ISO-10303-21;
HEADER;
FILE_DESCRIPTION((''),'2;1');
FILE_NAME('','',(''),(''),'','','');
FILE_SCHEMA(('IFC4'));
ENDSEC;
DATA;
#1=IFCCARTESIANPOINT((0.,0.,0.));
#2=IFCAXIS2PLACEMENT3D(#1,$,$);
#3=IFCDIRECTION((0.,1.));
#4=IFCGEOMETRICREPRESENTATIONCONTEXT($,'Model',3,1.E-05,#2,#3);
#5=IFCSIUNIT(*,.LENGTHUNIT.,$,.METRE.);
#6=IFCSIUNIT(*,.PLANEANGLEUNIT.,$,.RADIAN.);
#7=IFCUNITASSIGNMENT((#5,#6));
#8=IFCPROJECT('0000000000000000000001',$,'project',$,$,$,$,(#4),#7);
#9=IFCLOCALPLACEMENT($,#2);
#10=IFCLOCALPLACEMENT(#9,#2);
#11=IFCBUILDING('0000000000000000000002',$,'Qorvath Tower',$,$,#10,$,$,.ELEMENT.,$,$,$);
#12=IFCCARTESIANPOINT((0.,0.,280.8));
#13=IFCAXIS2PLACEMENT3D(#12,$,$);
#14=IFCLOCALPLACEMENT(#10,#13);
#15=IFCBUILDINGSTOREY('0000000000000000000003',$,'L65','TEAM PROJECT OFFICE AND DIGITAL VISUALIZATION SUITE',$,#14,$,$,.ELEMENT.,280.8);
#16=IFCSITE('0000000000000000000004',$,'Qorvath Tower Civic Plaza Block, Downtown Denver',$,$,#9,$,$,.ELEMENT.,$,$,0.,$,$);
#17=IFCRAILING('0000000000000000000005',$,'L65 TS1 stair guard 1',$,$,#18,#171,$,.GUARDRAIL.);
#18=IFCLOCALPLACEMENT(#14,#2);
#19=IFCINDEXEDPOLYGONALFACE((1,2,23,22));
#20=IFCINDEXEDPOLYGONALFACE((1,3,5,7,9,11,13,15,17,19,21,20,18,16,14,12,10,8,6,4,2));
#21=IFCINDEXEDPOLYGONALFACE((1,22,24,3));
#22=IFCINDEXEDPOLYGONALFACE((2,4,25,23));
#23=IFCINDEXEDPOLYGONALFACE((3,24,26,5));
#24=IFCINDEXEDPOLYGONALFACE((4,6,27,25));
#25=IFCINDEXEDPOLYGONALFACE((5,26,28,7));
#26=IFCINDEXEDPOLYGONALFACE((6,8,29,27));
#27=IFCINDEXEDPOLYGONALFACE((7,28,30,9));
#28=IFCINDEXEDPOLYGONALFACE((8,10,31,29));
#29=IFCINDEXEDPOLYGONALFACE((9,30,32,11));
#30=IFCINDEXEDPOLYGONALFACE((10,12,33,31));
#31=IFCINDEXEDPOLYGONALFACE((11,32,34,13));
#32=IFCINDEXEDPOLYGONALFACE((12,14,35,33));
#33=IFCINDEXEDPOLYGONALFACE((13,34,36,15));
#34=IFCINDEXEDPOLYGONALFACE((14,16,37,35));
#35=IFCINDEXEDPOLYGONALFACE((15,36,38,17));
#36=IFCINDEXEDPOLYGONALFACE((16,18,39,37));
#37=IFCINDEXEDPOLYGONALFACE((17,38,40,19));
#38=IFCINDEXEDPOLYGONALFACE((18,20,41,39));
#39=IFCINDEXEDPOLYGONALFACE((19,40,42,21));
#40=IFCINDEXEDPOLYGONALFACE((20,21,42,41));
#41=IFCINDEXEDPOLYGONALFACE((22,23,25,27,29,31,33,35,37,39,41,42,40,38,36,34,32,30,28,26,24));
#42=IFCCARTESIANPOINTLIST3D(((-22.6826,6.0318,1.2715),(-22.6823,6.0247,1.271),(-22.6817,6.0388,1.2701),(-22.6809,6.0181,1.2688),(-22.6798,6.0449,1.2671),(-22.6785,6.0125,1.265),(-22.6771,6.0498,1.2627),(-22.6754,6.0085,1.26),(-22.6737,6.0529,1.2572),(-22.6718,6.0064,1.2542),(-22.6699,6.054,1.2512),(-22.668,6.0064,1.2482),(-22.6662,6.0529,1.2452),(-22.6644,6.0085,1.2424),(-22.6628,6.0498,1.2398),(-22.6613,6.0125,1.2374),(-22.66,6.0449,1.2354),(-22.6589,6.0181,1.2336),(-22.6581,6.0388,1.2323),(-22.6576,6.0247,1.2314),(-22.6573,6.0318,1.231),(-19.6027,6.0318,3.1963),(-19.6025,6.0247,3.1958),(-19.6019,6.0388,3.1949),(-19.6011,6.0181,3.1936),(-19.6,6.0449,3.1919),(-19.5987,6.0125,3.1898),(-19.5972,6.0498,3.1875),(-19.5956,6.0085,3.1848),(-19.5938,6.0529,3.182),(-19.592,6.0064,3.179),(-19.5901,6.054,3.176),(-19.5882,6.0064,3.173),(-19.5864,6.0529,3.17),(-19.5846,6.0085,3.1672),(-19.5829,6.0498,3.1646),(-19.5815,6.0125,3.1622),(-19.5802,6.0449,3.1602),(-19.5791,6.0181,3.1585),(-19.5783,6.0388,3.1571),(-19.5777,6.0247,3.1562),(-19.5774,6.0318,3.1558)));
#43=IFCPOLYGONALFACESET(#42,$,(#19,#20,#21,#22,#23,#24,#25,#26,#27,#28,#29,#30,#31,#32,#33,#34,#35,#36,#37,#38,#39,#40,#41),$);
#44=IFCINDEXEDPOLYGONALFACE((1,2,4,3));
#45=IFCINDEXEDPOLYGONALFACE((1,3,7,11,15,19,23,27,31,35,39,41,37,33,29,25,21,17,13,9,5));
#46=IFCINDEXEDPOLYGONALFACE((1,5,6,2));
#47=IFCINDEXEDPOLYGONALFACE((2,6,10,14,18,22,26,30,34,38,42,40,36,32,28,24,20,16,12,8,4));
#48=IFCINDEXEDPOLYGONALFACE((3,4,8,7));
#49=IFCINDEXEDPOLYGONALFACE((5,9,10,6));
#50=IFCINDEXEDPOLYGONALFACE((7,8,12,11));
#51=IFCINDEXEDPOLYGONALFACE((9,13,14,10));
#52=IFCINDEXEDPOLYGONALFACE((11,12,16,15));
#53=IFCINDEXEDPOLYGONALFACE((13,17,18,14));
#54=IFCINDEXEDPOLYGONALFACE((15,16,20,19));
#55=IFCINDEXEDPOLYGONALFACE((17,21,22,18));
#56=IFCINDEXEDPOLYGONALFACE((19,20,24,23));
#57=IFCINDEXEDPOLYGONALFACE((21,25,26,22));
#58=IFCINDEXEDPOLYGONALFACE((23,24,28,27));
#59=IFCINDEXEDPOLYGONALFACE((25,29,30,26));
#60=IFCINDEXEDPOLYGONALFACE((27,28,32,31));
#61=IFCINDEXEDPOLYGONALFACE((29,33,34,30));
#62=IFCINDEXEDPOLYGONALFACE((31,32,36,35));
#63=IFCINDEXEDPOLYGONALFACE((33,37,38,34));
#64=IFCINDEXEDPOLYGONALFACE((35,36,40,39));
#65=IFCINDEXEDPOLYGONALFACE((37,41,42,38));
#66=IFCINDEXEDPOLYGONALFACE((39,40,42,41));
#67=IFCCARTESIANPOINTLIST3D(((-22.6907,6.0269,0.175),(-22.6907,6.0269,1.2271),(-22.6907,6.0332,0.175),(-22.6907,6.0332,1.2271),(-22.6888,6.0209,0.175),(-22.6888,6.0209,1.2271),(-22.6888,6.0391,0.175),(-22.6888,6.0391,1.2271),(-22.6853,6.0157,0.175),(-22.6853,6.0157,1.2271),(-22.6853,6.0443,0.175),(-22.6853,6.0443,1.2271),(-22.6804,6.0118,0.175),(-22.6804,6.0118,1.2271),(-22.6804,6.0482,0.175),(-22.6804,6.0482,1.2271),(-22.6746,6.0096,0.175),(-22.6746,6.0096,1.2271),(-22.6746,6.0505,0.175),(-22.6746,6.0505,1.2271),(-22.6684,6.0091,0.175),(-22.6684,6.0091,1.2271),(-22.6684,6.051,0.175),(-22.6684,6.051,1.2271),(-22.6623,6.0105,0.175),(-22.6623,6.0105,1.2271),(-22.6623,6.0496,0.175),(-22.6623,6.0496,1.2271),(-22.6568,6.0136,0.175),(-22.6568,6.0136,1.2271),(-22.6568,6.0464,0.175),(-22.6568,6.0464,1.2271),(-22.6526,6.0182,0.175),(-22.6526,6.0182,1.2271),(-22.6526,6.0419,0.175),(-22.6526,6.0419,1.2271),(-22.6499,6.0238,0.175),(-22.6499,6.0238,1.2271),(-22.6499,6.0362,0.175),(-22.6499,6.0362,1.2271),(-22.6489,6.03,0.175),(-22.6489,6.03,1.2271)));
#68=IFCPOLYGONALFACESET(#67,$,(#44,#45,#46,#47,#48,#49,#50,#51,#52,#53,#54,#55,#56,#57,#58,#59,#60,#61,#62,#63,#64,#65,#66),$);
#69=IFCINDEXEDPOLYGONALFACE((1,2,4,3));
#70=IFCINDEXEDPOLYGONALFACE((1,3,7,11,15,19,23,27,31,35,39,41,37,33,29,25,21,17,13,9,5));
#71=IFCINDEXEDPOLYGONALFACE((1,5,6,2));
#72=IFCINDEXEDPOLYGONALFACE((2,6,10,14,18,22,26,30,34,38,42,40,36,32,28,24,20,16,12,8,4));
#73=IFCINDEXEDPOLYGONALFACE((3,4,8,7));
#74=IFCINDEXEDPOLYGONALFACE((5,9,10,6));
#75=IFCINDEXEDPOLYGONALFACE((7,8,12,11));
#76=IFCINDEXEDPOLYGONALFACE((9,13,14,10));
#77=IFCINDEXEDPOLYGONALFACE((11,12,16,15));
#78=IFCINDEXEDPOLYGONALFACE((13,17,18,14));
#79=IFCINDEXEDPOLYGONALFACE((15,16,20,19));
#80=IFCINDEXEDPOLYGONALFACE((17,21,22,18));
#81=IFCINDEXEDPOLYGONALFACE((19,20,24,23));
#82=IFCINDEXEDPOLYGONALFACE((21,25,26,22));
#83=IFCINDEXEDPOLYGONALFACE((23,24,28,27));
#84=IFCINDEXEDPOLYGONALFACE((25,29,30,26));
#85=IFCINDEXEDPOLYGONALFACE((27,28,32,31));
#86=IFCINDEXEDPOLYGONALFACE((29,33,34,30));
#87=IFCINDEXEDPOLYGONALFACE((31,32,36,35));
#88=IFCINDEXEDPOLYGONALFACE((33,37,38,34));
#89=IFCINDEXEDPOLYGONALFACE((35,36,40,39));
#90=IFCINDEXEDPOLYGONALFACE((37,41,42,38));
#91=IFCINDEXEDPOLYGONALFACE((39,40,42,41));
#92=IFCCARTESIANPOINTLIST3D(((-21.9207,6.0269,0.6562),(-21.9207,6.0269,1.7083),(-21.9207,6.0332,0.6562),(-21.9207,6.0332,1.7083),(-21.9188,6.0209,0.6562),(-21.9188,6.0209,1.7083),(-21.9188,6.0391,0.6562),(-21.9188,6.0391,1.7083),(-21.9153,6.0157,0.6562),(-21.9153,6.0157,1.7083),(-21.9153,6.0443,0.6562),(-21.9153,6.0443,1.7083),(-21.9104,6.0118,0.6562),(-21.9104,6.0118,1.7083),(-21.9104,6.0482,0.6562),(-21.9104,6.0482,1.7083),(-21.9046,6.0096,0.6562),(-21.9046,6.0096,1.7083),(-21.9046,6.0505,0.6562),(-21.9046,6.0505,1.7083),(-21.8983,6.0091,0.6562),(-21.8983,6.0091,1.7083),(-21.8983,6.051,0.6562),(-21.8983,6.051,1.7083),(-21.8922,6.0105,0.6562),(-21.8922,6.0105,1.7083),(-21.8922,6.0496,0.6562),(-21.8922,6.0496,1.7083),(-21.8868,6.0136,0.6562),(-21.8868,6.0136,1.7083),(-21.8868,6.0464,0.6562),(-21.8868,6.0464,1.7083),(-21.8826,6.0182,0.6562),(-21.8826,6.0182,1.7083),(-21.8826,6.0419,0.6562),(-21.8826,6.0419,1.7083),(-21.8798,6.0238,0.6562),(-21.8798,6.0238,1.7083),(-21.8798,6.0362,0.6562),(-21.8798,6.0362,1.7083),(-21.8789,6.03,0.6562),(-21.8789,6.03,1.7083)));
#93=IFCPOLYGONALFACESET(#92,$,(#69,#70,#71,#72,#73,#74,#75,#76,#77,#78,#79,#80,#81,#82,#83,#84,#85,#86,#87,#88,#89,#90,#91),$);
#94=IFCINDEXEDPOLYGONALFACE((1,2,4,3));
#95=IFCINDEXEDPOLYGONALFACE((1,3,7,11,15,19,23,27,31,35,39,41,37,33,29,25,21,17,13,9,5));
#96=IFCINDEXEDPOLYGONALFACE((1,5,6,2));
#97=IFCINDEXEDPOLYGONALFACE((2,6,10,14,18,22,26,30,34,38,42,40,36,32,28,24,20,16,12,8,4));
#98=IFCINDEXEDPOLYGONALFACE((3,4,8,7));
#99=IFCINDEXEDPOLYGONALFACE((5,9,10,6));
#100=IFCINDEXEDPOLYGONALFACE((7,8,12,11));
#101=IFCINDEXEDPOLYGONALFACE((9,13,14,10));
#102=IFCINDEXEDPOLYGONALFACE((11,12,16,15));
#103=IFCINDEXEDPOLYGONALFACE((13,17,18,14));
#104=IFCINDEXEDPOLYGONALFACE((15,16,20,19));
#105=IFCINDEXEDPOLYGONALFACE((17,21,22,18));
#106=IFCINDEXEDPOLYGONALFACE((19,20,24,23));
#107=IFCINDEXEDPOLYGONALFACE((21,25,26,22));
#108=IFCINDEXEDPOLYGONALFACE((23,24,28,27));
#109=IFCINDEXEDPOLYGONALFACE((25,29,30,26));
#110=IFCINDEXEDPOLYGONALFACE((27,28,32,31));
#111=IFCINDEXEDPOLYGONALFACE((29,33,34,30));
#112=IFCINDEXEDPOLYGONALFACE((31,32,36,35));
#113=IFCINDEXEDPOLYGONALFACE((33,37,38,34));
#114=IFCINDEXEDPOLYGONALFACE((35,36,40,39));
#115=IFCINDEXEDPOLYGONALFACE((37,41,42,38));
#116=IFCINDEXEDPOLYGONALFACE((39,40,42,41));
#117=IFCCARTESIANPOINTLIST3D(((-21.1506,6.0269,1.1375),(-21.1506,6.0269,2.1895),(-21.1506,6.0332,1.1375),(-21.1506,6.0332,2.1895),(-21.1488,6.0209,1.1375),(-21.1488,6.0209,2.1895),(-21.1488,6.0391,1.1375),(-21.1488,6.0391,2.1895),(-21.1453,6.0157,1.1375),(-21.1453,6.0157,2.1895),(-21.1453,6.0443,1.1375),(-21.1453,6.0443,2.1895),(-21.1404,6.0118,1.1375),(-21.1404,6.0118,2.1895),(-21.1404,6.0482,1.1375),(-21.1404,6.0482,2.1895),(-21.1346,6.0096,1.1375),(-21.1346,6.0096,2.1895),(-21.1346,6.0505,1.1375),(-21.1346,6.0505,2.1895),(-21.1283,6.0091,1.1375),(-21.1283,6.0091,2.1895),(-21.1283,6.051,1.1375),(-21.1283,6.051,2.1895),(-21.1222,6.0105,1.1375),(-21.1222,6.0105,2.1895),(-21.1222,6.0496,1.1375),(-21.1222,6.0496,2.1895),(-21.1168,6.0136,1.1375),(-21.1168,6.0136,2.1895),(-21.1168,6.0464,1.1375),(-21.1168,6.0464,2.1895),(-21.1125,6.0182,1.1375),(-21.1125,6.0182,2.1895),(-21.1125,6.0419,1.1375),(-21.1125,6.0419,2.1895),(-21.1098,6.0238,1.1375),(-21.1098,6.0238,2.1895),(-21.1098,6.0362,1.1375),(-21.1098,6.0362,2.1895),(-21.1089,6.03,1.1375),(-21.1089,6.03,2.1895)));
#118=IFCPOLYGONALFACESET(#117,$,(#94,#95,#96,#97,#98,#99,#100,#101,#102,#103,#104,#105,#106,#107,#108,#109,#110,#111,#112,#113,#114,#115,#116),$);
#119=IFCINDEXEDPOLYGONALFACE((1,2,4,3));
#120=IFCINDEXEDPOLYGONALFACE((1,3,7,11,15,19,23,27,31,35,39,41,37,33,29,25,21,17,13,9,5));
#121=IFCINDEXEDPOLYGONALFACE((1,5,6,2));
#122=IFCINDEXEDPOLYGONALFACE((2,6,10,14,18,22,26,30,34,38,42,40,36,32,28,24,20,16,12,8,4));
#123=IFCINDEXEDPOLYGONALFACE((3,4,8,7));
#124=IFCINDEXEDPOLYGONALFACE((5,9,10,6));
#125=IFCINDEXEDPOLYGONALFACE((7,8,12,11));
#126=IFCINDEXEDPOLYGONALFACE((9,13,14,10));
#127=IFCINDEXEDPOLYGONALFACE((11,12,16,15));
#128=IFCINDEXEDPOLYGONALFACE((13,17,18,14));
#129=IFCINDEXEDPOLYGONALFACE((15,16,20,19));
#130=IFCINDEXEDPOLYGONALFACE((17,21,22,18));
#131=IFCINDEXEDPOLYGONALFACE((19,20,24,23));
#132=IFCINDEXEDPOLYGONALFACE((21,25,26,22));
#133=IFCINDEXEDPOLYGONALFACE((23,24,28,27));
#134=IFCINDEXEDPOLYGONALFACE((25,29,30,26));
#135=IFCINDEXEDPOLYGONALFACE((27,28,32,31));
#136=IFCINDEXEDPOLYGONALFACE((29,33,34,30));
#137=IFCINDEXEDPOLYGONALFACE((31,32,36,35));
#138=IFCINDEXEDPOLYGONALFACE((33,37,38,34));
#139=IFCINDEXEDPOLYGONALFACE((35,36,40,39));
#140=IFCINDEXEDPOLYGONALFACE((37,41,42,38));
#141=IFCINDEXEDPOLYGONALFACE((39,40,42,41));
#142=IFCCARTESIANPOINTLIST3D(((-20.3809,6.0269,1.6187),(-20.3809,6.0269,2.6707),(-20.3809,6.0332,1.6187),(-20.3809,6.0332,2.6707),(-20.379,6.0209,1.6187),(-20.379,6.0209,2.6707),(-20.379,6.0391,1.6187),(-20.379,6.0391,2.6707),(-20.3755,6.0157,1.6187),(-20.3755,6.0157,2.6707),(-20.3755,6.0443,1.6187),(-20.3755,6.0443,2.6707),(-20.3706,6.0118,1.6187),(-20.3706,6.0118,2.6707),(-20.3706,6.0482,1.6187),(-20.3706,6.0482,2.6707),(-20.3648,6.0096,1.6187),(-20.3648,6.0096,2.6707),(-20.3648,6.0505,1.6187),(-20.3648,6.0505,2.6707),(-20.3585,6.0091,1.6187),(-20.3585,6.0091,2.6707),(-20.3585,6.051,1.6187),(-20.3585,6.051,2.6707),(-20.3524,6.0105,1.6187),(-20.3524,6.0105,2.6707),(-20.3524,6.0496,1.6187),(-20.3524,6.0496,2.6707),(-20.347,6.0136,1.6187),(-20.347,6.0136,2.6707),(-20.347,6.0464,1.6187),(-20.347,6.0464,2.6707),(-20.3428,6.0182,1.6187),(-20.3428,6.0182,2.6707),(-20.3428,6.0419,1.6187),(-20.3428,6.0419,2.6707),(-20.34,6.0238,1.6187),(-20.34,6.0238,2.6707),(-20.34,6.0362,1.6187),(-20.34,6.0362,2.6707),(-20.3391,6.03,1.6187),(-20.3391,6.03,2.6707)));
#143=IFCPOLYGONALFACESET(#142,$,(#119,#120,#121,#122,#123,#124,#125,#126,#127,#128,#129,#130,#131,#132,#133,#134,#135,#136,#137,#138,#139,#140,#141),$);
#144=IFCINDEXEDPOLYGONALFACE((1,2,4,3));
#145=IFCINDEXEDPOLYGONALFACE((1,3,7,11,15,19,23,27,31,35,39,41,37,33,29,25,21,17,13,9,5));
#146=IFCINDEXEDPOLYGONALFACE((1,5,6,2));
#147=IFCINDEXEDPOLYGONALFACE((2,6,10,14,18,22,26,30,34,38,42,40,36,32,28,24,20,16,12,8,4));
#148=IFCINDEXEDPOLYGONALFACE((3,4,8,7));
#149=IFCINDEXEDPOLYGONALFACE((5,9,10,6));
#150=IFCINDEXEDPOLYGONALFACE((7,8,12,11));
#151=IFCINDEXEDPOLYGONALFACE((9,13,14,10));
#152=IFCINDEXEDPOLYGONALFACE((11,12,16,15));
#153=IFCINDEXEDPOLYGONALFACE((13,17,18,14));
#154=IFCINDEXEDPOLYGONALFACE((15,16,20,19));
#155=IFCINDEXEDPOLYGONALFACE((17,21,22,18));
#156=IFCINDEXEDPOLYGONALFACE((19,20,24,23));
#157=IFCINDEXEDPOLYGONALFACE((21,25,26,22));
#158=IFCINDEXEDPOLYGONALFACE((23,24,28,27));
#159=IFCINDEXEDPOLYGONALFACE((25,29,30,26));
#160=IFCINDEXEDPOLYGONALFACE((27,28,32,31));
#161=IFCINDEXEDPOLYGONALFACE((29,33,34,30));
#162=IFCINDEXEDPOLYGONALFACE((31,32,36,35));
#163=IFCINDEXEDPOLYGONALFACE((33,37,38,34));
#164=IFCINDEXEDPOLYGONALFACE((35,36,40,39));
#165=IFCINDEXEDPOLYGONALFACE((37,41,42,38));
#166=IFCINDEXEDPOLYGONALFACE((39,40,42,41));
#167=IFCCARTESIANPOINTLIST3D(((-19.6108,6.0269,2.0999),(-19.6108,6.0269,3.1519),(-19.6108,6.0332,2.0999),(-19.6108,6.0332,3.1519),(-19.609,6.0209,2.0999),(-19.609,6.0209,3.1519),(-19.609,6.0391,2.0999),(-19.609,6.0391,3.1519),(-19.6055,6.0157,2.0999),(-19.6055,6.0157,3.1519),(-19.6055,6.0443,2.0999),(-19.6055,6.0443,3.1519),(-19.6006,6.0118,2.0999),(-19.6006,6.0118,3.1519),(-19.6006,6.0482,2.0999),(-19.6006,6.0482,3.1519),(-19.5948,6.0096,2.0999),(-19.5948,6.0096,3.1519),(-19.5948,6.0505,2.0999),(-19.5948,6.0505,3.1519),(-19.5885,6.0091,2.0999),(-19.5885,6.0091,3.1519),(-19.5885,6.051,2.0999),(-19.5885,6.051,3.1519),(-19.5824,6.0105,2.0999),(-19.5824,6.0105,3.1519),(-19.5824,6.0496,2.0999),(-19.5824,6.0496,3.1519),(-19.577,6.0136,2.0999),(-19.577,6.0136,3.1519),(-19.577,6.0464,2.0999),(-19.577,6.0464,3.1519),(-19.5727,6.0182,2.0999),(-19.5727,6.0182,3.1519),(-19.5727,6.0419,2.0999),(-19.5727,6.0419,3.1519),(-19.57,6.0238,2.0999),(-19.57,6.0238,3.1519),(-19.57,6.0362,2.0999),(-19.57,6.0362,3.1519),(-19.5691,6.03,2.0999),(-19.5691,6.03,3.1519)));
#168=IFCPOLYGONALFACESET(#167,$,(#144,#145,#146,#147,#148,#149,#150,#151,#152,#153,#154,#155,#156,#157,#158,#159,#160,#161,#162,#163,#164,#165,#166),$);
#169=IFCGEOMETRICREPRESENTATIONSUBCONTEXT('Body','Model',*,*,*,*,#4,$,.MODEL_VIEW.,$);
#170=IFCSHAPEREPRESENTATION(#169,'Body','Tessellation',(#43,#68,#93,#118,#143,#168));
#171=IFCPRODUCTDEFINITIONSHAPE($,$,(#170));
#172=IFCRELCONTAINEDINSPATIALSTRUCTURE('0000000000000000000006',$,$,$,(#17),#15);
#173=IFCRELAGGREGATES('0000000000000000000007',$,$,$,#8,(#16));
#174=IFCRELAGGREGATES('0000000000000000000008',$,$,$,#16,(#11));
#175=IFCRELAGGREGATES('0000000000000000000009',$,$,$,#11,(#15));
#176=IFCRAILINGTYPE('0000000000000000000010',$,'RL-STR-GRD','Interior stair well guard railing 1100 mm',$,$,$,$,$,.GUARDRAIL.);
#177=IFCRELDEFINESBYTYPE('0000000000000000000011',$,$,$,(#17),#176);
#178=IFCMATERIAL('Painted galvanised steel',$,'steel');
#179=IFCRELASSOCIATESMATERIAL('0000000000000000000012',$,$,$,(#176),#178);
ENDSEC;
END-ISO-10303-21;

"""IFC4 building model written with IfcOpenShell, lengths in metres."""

from ifc_helpers import new_model, si_unit, direction, frame, origin, origin_2d, place, context, subcontext, project, spatial, circle, extrude, material, type_object, element, save


model = new_model("IFC4")

# Units and contexts
model_context = context("Model", 3, precision=1e-05, world=origin(), true_north=direction((0.0, 1.0)))
body_context = subcontext(model_context, "Body", "Model", "MODEL_VIEW")
ifc_project = project(units=[si_unit("LENGTHUNIT", "METRE"), si_unit("PLANEANGLEUNIT", "RADIAN")], contexts=[model_context])

# Site, building, storey
site_placement = place(None, origin())
site = spatial("IfcSite", under=ifc_project, at=site_placement, Name="Qorvath Tower Civic Plaza Block, Downtown Denver", CompositionType="ELEMENT", RefElevation=0.0)
building_placement = place(site_placement, origin())
building = spatial("IfcBuilding", under=site, at=building_placement, Name="Qorvath Tower", CompositionType="ELEMENT")
storey_placement = place(building_placement, frame((0.0, 0.0, 280.8)))
storey = spatial("IfcBuildingStorey", under=building, at=storey_placement, Name="L65", Description="TEAM PROJECT OFFICE AND DIGITAL VISUALIZATION SUITE", CompositionType="ELEMENT", Elevation=280.8)

# Railing
ifc_material_1 = material(Name="Painted galvanised steel", Category="steel")
railing_type_1 = type_object("IfcRailingType", Name="RL-STR-GRD", Description="Interior stair well guard railing 1100 mm", PredefinedType="GUARDRAIL", material=ifc_material_1)
railing_1_placement = place(storey_placement, frame((-22.6699, 6.03, 0.175)))
element("IfcRailing", 1, at=railing_1_placement, inside=storey, type_object=railing_type_1, Name="L65 TS1 stair guard 1", PredefinedType="GUARDRAIL", context=body_context, shape_type="SweptSolid", body=[
    extrude(circle(Radius=0.0239, at=origin_2d()), frame((0.0, 0.0, 1.0762), z_axis=(0.84801, 0.0, 0.529981), x_axis=(0.0, 1.0, 0.0)), (0.0, 0.0, 1.0), 3.6318),
    extrude(circle(Radius=0.021, at=origin_2d()), origin(), (0.0, 0.0, 1.0), 1.052),
    extrude(circle(Radius=0.021, at=origin_2d()), frame((0.77, 0.0, 0.4812)), (0.0, 0.0, 1.0), 1.052),
    extrude(circle(Radius=0.021, at=origin_2d()), frame((1.54, 0.0, 0.9624)), (0.0, 0.0, 1.0), 1.052),
    extrude(circle(Radius=0.021, at=origin_2d()), frame((2.3098, 0.0, 1.4436)), (0.0, 0.0, 1.0), 1.052),
    extrude(circle(Radius=0.021, at=origin_2d()), frame((3.0798, 0.0, 1.9248)), (0.0, 0.0, 1.0), 1.052),
])

save(model, "model.ifc")
